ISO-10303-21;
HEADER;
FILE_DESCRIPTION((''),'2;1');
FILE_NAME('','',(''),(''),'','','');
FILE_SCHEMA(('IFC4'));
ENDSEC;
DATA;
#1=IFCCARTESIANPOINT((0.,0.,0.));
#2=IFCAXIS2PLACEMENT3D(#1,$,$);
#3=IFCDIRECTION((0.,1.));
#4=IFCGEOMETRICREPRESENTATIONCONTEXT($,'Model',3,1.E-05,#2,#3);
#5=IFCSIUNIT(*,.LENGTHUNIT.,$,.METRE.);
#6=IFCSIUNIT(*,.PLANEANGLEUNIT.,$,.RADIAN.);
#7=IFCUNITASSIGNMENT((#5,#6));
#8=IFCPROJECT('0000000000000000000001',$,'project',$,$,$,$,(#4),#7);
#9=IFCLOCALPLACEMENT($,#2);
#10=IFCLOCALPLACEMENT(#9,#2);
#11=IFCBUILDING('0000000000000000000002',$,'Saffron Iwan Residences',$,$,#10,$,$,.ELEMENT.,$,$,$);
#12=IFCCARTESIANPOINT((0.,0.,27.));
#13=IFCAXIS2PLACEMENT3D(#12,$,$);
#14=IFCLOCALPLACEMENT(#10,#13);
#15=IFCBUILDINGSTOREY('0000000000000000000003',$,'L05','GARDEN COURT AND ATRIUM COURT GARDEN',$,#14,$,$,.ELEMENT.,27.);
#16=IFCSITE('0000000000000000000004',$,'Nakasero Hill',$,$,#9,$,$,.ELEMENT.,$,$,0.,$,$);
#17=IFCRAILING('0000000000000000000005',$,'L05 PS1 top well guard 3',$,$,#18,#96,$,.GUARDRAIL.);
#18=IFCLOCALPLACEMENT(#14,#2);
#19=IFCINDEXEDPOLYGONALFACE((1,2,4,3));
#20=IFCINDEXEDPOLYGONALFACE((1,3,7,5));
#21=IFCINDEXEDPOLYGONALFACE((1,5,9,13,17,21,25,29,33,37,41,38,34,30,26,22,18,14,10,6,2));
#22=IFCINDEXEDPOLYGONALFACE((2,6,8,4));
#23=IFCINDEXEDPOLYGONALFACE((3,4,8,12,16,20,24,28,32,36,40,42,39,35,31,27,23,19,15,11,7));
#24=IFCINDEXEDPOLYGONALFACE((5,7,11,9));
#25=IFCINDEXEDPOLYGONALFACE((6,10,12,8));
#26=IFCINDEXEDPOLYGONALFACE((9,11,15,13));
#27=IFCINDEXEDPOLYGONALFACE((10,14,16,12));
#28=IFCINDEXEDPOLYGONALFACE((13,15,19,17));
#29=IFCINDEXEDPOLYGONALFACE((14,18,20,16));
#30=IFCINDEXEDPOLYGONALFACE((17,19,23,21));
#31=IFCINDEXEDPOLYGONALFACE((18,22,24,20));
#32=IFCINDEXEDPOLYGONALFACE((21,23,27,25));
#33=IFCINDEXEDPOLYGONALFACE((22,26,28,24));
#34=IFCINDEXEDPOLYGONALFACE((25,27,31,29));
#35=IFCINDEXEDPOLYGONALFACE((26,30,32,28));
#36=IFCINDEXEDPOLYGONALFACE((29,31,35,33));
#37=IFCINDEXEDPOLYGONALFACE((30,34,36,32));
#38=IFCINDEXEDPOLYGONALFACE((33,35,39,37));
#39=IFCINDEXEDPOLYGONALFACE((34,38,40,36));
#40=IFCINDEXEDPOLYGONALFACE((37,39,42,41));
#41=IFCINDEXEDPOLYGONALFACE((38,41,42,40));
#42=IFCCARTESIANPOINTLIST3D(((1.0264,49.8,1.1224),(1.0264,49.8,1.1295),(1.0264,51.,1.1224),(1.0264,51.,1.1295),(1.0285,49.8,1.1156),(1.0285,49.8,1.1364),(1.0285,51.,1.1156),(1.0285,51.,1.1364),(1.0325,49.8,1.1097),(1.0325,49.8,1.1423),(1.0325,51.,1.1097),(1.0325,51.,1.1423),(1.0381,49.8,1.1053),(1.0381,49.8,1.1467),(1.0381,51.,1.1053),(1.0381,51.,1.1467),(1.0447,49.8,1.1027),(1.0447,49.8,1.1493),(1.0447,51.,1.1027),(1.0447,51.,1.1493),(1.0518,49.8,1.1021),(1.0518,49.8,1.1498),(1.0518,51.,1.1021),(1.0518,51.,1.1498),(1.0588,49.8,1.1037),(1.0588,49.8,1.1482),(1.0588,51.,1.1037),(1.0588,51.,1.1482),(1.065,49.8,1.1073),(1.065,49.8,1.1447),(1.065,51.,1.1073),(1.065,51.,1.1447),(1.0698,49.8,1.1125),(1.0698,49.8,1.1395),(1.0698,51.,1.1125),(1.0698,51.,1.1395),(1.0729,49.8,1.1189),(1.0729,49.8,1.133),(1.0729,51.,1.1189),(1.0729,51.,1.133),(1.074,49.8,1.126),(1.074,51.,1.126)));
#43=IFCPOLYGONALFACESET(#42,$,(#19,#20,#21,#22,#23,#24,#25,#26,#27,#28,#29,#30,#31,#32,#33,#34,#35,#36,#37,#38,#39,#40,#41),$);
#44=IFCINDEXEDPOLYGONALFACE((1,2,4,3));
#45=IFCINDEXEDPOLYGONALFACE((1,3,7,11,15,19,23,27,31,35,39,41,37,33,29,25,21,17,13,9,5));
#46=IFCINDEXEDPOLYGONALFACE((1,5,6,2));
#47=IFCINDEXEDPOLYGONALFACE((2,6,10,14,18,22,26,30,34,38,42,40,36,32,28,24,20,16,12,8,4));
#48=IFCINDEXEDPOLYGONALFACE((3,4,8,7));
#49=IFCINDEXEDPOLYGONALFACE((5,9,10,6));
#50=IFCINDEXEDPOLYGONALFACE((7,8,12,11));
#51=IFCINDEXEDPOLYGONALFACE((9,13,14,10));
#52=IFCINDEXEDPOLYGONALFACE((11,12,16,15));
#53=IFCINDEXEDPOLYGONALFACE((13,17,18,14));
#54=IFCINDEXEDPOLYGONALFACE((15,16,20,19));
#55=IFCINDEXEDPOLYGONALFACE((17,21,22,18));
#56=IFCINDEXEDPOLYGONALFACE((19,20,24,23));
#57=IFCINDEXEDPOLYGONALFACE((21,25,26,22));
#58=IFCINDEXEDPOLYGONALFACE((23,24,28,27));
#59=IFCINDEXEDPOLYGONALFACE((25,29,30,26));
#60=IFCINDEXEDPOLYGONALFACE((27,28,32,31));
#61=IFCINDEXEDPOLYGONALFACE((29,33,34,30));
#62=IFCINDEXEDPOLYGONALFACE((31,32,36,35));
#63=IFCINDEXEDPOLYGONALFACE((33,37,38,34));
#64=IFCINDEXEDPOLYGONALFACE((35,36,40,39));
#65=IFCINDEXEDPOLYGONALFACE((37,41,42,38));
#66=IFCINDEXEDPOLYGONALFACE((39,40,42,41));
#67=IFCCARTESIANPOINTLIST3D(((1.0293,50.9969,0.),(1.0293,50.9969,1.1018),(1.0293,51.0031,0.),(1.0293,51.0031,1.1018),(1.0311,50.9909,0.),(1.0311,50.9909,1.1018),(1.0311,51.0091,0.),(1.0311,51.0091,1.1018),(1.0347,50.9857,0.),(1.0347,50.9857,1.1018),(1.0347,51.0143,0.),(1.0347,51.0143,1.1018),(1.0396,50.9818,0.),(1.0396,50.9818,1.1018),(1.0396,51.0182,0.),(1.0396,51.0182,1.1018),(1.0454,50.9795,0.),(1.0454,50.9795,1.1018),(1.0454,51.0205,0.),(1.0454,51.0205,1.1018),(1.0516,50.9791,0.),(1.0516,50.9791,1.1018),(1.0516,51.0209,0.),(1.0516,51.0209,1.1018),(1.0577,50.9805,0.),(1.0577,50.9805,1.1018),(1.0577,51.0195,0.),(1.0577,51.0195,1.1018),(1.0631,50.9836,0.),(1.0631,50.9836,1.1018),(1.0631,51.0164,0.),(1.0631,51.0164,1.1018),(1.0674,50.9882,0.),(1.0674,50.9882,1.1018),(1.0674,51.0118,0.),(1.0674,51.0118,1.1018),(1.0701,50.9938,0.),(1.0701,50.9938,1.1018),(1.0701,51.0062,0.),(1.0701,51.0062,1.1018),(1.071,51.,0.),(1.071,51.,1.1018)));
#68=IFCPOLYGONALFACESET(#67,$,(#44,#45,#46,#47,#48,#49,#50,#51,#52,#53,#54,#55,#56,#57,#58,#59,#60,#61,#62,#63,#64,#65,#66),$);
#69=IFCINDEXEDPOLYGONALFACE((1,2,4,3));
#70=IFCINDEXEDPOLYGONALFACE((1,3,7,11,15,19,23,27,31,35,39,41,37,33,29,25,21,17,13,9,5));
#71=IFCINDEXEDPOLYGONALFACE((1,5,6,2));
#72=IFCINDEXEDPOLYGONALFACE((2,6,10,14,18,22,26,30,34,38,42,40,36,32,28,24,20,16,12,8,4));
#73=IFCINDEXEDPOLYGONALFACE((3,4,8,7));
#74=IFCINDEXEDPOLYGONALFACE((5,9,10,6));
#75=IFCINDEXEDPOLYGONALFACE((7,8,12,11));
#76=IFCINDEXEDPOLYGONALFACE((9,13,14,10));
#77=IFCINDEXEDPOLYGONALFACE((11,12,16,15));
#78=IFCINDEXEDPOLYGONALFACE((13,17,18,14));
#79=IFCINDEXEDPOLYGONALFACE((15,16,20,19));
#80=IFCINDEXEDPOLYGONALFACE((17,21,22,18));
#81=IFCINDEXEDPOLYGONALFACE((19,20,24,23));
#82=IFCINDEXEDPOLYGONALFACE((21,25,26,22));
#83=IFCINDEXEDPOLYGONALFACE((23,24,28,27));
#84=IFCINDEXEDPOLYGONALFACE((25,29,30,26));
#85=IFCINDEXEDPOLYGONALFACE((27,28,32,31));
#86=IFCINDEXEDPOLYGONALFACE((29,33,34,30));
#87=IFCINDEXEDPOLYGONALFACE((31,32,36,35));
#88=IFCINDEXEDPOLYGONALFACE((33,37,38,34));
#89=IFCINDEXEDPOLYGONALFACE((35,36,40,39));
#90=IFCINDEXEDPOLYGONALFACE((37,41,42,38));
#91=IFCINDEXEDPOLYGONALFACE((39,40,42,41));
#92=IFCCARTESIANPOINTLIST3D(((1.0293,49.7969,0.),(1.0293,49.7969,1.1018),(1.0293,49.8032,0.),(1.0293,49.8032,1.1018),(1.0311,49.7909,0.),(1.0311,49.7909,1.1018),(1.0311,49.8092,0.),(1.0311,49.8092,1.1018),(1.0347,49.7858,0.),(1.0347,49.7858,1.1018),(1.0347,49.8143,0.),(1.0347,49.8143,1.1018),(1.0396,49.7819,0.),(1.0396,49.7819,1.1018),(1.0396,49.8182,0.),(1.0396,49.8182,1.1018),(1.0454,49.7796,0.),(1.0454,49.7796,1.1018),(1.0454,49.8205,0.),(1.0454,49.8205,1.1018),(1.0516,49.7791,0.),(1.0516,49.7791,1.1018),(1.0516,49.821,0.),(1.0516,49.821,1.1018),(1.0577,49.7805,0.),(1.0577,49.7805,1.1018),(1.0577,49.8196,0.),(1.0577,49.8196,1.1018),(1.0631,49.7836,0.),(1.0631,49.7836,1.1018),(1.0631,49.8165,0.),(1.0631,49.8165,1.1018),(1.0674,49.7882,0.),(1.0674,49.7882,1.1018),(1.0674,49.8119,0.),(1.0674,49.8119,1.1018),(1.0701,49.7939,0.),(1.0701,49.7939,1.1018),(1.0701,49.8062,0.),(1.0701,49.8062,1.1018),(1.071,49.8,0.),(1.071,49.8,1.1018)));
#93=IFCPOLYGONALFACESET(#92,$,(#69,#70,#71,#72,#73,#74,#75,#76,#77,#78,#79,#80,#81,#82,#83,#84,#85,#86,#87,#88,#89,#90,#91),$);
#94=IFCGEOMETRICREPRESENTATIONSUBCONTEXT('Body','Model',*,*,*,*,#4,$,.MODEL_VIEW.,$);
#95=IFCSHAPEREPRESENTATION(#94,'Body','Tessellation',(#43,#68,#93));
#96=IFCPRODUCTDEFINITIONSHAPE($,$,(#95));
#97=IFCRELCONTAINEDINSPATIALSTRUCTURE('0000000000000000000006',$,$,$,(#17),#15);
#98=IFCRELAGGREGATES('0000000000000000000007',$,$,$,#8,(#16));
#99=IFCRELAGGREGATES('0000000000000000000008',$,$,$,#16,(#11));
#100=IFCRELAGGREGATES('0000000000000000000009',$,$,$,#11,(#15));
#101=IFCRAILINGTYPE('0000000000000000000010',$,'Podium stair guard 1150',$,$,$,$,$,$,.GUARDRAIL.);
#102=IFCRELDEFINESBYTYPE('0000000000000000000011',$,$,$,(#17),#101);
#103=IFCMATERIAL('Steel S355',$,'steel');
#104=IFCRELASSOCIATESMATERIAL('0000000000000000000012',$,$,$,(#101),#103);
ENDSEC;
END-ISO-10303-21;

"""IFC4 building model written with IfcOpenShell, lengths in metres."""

from ifc_helpers import new_model, si_unit, direction, frame, origin, origin_2d, place, context, subcontext, project, spatial, circle, extrude, material, type_object, element, save


model = new_model("IFC4")

# Units and contexts
model_context = context("Model", 3, precision=1e-05, world=origin(), true_north=direction((0.0, 1.0)))
body_context = subcontext(model_context, "Body", "Model", "MODEL_VIEW")
ifc_project = project(units=[si_unit("LENGTHUNIT", "METRE"), si_unit("PLANEANGLEUNIT", "RADIAN")], contexts=[model_context])

# Site, building, storey
site_placement = place(None, origin())
site = spatial("IfcSite", under=ifc_project, at=site_placement, Name="Nakasero Hill", CompositionType="ELEMENT", RefElevation=0.0)
building_placement = place(site_placement, origin())
building = spatial("IfcBuilding", under=site, at=building_placement, Name="Saffron Iwan Residences", CompositionType="ELEMENT")
storey_placement = place(building_placement, frame((0.0, 0.0, 27.0)))
storey = spatial("IfcBuildingStorey", under=building, at=storey_placement, Name="L05", Description="GARDEN COURT AND ATRIUM COURT GARDEN", CompositionType="ELEMENT", Elevation=27.0)

# Railing
ifc_material_1 = material(Name="Steel S355", Category="steel")
railing_type_1 = type_object("IfcRailingType", Name="Podium stair guard 1150", PredefinedType="GUARDRAIL", material=ifc_material_1)
railing_1_placement = place(storey_placement, frame((1.05, 51.0, 0.0)))
element("IfcRailing", 1, at=railing_1_placement, inside=storey, type_object=railing_type_1, Name="L05 PS1 top well guard 3", PredefinedType="GUARDRAIL", context=body_context, shape_type="SweptSolid", body=[
    extrude(circle(Radius=0.0239, at=origin_2d()), frame((0.0, 0.0, 1.126), z_axis=(0.0, -1.0, 0.0), x_axis=(1.0, 0.0, 0.0)), (0.0, 0.0, 1.0), 1.2),
    extrude(circle(Radius=0.021, at=origin_2d()), origin(), (0.0, 0.0, 1.0), 1.1018),
    extrude(circle(Radius=0.021, at=origin_2d()), frame((0.0, -1.2, 0.0)), (0.0, 0.0, 1.0), 1.1018),
])

save(model, "model.ifc")
